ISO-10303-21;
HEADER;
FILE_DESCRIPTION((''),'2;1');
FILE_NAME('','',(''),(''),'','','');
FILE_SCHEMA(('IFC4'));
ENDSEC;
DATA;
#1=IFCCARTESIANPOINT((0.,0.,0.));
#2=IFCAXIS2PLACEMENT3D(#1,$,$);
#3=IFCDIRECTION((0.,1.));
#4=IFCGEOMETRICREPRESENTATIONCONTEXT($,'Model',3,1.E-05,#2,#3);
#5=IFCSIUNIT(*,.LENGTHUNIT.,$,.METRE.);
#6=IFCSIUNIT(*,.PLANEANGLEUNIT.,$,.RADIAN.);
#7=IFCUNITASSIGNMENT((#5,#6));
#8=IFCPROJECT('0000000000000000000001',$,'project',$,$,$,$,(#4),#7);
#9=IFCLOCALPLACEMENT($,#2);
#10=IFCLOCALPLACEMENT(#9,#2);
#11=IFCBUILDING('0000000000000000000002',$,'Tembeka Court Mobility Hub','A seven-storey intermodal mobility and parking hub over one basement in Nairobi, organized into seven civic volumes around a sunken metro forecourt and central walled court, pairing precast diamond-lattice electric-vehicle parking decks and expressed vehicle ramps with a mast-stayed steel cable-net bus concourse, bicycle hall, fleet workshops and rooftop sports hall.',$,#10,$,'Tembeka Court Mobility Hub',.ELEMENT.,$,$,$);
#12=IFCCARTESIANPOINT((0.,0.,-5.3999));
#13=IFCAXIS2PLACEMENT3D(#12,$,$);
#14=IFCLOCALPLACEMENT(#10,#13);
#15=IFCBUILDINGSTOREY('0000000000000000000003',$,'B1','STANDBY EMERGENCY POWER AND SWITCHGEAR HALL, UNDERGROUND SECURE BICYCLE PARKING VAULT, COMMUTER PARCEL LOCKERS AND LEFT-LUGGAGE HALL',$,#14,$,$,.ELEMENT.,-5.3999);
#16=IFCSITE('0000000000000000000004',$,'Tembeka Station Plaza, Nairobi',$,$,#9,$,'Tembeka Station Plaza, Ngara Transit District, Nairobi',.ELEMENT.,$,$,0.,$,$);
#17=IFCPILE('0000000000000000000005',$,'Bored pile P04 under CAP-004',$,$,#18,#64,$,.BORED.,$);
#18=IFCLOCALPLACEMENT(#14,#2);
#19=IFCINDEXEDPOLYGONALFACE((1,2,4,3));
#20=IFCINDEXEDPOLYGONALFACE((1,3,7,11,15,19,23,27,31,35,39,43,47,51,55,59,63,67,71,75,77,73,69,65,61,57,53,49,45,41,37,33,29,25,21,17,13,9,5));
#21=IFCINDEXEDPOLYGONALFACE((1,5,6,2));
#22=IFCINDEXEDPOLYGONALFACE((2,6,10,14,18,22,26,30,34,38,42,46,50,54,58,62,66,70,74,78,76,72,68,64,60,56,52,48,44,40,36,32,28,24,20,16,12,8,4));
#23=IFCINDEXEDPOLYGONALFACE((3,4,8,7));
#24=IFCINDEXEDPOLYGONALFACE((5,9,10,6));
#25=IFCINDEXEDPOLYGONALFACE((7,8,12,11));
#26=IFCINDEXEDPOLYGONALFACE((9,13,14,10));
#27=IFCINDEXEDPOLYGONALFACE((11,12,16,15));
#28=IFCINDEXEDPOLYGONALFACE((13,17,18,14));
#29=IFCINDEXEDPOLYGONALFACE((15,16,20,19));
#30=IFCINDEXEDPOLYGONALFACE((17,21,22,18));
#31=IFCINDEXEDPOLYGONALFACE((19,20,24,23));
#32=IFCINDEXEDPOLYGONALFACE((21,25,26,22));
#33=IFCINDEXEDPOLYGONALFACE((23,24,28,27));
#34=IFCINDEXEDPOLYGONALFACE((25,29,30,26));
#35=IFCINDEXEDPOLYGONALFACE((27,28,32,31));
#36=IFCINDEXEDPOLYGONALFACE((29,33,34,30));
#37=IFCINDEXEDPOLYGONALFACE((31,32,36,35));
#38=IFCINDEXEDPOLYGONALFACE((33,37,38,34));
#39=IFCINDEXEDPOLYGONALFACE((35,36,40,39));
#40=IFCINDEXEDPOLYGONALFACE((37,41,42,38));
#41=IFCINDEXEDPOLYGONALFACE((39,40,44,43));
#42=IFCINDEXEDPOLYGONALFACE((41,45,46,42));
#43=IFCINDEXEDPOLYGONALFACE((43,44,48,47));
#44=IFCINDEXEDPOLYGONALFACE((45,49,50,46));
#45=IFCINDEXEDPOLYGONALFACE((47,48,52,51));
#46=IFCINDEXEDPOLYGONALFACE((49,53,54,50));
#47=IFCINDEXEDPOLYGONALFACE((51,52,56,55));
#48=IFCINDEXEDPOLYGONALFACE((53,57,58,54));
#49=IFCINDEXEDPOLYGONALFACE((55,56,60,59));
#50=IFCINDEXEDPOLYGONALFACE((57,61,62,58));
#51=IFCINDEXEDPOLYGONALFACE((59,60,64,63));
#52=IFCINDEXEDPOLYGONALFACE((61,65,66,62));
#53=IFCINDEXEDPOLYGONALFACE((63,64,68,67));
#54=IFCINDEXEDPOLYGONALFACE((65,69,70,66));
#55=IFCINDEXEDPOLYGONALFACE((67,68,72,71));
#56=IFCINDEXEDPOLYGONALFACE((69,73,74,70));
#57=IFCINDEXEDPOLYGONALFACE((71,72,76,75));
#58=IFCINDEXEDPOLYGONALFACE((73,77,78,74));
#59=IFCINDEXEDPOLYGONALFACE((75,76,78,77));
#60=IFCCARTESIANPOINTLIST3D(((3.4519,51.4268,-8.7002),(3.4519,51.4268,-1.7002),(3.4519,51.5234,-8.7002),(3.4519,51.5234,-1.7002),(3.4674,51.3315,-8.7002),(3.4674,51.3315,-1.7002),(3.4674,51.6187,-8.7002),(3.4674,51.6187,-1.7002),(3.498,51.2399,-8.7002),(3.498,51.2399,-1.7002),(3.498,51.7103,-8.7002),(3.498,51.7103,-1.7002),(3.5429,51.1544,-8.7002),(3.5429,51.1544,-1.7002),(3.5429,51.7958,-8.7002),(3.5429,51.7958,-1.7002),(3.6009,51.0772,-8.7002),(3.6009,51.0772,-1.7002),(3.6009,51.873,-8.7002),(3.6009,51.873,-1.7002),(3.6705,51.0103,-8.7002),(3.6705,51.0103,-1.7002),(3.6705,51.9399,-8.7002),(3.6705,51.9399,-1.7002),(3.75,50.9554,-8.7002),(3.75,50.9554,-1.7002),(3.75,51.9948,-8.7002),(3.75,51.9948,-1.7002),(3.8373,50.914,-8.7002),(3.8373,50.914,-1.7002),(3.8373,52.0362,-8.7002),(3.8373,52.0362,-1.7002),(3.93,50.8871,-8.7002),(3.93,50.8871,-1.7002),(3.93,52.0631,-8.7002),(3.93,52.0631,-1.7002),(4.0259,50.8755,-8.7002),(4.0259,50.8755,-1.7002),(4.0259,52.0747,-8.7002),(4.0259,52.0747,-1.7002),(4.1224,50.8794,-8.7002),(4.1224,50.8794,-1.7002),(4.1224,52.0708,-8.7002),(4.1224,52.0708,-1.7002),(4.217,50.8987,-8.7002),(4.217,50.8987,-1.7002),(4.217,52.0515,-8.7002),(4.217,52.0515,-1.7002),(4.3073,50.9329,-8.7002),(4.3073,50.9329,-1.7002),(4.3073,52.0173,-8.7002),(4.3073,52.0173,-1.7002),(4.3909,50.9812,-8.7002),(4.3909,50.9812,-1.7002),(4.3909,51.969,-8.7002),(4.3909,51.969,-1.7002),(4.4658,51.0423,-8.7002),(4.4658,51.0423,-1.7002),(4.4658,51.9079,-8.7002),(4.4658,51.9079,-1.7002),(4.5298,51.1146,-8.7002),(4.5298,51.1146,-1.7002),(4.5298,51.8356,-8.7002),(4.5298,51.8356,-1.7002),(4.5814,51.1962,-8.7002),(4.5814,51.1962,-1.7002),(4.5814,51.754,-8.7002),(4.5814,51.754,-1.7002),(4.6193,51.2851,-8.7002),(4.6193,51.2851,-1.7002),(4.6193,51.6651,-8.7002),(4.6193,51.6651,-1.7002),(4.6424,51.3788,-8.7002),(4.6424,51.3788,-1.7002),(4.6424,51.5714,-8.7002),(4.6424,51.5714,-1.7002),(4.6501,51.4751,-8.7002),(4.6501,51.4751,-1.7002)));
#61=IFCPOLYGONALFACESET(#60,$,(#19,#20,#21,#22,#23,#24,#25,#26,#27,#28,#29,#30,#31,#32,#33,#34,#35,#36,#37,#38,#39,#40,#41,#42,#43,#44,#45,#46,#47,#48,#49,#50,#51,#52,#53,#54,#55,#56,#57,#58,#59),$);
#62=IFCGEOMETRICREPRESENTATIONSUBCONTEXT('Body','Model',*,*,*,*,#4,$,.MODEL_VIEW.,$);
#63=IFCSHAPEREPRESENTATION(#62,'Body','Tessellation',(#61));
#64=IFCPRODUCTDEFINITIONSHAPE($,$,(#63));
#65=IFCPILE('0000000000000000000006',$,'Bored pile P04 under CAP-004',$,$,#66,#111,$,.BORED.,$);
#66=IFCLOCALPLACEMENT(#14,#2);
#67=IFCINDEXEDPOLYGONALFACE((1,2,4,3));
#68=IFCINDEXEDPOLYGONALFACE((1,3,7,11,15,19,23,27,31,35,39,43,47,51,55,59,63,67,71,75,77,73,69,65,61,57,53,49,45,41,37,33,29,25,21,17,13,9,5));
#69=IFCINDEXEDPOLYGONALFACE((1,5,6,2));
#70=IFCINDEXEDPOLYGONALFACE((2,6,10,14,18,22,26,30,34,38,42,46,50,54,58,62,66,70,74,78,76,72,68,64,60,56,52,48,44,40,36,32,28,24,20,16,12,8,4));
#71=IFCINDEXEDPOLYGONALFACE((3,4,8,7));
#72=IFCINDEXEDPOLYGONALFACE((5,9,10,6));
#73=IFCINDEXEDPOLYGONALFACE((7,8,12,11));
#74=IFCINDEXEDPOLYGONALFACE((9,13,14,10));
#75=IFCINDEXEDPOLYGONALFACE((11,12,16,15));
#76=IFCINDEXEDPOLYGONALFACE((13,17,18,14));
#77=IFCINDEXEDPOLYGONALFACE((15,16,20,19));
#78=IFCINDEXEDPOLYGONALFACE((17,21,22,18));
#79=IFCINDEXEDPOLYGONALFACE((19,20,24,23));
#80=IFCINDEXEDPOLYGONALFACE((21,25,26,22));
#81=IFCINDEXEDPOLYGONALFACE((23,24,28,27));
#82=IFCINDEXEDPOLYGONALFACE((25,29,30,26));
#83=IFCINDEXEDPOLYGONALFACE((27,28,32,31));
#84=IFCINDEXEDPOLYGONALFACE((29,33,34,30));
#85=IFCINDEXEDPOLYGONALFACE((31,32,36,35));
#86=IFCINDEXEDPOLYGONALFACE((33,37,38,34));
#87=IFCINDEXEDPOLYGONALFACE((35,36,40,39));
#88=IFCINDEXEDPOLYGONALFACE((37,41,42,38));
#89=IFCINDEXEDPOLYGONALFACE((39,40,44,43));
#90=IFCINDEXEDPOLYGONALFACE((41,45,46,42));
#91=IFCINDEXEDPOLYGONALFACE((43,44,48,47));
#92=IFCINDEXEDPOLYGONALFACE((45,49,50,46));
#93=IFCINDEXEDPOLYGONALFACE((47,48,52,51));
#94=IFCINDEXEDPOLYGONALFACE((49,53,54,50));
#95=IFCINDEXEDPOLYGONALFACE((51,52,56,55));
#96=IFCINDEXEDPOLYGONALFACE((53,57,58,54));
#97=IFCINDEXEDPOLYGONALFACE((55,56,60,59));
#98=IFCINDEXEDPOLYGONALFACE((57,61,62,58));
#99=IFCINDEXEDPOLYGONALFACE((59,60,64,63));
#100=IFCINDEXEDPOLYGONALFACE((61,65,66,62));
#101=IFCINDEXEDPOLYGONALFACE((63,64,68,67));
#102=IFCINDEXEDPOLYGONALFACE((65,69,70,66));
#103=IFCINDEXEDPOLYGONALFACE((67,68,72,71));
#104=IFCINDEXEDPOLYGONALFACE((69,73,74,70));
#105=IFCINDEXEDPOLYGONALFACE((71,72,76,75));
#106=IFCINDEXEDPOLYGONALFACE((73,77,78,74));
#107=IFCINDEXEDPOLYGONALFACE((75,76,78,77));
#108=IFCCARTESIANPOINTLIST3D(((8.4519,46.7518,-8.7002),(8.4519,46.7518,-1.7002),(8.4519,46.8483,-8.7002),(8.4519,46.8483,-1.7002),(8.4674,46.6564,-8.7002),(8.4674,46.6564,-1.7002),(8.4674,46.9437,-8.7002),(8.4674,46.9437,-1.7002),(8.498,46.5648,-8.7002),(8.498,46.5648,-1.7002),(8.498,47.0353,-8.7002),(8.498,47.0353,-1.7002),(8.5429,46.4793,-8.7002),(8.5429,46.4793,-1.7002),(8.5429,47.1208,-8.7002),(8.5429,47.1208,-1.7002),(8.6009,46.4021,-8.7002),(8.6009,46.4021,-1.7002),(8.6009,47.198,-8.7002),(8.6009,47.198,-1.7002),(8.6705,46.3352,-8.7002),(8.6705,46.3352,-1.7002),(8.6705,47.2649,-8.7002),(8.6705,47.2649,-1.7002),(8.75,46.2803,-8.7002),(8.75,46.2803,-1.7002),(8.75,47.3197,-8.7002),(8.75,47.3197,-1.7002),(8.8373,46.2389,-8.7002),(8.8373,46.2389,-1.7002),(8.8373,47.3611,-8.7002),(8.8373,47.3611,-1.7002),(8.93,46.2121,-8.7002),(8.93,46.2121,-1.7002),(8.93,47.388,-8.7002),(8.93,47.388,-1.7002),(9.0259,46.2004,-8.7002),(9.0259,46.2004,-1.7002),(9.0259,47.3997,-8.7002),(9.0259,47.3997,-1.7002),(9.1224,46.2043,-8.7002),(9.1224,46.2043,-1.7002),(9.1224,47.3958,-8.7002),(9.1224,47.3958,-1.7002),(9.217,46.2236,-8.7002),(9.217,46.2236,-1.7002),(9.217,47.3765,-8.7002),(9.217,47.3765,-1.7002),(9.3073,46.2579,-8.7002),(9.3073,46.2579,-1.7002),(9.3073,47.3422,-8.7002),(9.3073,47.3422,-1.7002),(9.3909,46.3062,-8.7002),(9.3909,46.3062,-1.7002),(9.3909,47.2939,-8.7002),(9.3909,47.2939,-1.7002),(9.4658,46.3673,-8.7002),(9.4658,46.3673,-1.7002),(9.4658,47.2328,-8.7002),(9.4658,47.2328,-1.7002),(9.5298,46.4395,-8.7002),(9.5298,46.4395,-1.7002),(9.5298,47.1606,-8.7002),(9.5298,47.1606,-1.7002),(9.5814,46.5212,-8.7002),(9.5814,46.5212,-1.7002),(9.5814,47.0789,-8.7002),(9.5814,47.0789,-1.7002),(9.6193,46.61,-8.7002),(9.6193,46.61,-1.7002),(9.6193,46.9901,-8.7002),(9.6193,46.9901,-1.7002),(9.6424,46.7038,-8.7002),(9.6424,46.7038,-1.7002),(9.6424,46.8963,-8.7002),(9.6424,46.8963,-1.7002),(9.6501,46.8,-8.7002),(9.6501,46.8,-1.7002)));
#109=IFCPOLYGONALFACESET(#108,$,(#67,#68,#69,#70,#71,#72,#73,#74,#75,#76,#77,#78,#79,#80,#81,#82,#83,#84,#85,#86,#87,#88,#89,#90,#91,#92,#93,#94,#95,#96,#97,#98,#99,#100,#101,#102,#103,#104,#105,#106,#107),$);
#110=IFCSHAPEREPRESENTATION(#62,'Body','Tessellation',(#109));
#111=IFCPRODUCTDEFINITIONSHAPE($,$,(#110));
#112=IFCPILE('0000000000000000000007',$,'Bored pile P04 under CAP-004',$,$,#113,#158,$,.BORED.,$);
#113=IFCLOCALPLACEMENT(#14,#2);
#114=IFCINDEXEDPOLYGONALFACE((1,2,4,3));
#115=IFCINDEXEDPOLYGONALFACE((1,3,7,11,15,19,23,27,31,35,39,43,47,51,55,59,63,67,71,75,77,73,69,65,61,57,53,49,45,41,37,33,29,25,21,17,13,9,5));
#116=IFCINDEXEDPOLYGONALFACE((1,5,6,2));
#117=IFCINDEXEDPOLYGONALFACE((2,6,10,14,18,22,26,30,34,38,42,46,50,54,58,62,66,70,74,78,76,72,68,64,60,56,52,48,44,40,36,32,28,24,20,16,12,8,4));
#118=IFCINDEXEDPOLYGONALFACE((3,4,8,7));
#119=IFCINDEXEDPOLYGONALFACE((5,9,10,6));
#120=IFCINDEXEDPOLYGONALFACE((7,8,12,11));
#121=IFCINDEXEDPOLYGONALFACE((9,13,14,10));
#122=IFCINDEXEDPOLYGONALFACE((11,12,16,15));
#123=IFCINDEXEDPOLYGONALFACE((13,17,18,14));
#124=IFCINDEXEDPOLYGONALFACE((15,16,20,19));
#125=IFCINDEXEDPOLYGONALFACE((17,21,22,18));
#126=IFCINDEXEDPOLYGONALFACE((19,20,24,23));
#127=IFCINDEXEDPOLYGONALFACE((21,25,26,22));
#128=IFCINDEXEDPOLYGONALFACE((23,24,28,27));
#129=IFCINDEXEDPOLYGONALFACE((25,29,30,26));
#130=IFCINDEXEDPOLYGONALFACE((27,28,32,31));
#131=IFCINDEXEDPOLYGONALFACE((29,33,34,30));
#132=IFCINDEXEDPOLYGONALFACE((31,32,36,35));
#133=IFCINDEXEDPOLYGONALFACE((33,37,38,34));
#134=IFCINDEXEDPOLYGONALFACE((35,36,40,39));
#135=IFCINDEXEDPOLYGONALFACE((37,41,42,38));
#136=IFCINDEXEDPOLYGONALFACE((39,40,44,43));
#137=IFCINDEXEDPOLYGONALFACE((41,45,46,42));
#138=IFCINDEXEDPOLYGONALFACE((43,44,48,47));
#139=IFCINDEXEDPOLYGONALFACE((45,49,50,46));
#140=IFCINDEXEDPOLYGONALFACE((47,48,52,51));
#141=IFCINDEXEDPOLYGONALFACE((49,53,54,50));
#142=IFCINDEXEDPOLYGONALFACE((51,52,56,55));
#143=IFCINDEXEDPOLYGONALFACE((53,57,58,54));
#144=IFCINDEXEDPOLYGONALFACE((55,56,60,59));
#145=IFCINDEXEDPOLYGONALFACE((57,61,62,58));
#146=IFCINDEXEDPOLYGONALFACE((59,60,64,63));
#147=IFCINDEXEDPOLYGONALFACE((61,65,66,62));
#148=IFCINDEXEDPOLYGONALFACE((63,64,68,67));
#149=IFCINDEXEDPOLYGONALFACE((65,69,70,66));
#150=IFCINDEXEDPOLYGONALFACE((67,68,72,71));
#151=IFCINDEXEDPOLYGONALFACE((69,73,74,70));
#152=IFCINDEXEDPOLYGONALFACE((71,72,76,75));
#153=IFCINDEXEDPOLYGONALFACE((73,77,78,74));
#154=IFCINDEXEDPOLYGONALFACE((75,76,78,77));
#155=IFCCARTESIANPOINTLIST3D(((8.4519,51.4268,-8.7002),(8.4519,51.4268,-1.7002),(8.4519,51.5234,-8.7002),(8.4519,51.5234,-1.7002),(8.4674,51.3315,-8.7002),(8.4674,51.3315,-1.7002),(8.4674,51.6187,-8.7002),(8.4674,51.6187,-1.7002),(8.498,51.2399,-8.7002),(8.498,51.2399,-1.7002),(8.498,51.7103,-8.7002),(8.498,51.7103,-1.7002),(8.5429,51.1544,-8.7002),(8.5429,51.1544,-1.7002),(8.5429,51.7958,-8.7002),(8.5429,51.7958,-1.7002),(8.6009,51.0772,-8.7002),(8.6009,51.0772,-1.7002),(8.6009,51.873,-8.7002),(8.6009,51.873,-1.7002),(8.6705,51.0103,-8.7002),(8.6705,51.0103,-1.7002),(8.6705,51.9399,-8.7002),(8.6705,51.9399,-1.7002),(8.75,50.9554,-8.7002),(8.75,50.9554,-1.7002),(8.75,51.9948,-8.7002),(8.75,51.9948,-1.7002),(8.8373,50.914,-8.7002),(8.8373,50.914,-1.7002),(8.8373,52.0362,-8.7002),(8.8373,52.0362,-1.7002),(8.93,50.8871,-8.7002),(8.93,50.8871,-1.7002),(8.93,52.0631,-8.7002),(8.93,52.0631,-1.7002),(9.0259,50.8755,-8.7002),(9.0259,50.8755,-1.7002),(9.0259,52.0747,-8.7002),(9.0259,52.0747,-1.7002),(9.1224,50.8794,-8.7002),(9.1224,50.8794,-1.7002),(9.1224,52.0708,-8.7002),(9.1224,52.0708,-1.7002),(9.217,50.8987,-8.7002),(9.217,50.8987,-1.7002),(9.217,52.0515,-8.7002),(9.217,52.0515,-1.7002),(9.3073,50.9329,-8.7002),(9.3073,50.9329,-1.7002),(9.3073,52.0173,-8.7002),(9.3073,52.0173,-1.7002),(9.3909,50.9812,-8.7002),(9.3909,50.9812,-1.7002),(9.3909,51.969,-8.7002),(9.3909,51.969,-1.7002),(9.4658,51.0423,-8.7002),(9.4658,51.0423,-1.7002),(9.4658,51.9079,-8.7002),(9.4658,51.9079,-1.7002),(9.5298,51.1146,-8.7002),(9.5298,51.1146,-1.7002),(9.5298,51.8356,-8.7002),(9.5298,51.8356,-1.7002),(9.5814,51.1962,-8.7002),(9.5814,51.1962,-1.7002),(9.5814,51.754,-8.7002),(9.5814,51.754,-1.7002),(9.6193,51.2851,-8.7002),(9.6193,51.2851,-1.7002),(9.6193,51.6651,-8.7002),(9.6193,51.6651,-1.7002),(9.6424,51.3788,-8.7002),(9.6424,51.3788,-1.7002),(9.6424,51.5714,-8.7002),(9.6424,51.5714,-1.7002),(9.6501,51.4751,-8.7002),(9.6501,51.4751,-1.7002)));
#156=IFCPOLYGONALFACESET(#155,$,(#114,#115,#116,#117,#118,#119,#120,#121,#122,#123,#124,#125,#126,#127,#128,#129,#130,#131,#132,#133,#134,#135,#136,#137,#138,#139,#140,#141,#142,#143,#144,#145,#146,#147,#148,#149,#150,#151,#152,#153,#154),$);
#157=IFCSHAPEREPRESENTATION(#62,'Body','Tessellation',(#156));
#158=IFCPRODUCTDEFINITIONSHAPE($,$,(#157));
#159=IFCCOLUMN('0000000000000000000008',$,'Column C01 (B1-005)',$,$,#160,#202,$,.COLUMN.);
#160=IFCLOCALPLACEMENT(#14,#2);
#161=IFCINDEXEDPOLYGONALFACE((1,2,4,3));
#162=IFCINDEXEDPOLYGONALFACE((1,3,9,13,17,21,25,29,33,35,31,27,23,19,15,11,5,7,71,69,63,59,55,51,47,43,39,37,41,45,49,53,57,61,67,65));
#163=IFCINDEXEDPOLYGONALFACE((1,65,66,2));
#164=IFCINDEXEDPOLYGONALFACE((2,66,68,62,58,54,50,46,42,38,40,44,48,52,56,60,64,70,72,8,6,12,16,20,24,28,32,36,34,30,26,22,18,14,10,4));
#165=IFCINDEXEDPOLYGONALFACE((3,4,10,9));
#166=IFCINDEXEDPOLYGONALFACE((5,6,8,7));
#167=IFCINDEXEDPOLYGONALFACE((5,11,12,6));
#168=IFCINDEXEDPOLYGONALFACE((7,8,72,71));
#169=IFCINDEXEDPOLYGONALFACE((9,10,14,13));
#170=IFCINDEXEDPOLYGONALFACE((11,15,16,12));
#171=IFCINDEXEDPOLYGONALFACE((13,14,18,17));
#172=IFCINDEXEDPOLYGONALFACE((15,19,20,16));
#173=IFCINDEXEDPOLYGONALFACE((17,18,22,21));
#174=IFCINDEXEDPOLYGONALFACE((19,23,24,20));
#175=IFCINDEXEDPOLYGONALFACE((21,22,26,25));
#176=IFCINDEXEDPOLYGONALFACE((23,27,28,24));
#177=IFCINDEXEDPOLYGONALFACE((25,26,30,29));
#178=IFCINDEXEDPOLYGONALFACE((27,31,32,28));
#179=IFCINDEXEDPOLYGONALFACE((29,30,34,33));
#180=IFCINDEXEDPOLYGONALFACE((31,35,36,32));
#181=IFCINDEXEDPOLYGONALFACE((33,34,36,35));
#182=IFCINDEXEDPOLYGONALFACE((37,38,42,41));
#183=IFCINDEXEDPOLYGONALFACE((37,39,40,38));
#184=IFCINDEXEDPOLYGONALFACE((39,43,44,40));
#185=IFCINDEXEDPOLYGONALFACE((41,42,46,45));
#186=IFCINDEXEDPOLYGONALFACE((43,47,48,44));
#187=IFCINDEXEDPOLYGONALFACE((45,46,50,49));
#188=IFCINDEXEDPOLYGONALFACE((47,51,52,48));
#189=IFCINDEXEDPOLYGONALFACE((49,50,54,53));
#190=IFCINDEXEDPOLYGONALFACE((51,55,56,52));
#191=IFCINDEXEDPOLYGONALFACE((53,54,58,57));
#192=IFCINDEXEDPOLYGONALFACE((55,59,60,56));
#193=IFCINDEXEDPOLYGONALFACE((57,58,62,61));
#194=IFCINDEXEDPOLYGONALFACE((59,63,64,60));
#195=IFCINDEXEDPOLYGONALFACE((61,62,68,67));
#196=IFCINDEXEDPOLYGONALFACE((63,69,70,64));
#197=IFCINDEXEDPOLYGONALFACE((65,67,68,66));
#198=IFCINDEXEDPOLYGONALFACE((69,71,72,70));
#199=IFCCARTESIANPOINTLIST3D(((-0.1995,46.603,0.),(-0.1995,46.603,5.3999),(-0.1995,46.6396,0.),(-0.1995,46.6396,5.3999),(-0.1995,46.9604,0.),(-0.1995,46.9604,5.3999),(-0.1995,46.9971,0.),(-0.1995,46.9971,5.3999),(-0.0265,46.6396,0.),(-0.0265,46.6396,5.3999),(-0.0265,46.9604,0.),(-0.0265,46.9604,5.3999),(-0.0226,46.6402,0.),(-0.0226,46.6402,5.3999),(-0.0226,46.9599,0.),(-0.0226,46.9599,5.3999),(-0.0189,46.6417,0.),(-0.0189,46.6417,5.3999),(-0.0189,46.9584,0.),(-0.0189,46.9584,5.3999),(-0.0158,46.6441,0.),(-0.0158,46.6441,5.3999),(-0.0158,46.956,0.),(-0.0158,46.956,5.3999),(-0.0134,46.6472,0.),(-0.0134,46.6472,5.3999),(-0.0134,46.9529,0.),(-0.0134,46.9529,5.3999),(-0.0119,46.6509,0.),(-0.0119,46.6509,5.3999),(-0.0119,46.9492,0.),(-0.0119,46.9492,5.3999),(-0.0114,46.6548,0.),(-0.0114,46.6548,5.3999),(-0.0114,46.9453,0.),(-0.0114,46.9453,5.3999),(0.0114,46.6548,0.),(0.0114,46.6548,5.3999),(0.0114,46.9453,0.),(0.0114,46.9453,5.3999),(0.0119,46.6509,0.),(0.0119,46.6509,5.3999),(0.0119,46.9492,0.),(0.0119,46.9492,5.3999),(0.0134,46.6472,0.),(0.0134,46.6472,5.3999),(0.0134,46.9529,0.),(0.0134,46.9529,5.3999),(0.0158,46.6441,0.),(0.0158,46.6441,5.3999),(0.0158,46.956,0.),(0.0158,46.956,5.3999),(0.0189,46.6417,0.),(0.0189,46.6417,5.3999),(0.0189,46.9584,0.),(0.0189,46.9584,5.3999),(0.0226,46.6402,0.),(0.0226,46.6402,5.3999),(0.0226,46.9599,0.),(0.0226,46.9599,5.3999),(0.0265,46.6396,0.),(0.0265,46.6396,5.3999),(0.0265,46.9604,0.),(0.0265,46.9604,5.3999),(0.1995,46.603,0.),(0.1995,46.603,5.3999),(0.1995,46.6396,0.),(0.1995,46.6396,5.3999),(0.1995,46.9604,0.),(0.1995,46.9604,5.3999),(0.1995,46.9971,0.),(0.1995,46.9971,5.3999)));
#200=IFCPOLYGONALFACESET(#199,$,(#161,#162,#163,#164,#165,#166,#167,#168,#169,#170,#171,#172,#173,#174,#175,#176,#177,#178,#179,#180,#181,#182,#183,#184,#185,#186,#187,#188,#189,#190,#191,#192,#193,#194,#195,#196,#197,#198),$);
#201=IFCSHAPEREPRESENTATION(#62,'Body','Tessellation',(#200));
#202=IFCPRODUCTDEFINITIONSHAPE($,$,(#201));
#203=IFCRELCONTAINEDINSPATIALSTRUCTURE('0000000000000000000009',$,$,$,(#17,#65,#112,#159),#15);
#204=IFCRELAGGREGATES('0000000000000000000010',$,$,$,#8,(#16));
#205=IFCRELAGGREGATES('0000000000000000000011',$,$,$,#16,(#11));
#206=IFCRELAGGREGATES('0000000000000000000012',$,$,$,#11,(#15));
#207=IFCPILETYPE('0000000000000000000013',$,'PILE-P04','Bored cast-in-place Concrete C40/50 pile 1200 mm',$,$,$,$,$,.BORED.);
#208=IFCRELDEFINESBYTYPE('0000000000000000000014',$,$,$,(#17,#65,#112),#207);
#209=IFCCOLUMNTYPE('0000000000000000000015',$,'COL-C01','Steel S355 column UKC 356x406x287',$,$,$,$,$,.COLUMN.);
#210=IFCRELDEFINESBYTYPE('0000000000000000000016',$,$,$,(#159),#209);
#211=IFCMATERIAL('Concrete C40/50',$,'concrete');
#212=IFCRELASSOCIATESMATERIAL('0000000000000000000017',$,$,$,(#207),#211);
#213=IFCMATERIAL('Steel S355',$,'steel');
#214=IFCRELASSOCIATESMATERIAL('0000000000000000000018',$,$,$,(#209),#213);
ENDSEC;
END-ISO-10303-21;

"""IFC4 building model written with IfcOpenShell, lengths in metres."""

from ifc_helpers import new_model, si_unit, direction, frame, origin, origin_2d, place, context, subcontext, project, spatial, circle, i_section, extrude, material, material_profile, profile_set, type_object, element, save


model = new_model("IFC4")

# Units and contexts
model_context = context("Model", 3, precision=1e-05, world=origin(), true_north=direction((0.0, 1.0)))
body_context = subcontext(model_context, "Body", "Model", "MODEL_VIEW")
ifc_project = project(units=[si_unit("LENGTHUNIT", "METRE"), si_unit("PLANEANGLEUNIT", "RADIAN")], contexts=[model_context])

# Site, building, storey
site_placement = place(None, origin())
site = spatial("IfcSite", under=ifc_project, at=site_placement, Name="Tembeka Station Plaza, Nairobi", LongName="Tembeka Station Plaza, Ngara Transit District, Nairobi", CompositionType="ELEMENT", RefElevation=0.0)
building_placement = place(site_placement, origin())
building = spatial("IfcBuilding", under=site, at=building_placement, Name="Tembeka Court Mobility Hub", Description="A seven-storey intermodal mobility and parking hub over one basement in Nairobi, organized into seven civic volumes around a sunken metro forecourt and central walled court, pairing precast diamond-lattice electric-vehicle parking decks and expressed vehicle ramps with a mast-stayed steel cable-net bus concourse, bicycle hall, fleet workshops and rooftop sports hall.", LongName="Tembeka Court Mobility Hub", CompositionType="ELEMENT")
storey_placement = place(building_placement, frame((0.0, 0.0, -5.3999)))
storey = spatial("IfcBuildingStorey", under=building, at=storey_placement, Name="B1", Description="STANDBY EMERGENCY POWER AND SWITCHGEAR HALL, UNDERGROUND SECURE BICYCLE PARKING VAULT, COMMUTER PARCEL LOCKERS AND LEFT-LUGGAGE HALL", CompositionType="ELEMENT", Elevation=-5.3999)

# Shared definitions
ifc_material_1 = material(Name="Concrete C40/50", Category="concrete")

# Piles
ifc_material_profile_1 = material_profile(ifc_material_1, circle(Radius=0.6001, at=origin_2d()), Name="PILE D1200")
ifc_profile_set_1 = profile_set([ifc_material_profile_1], Name="Concrete C40/50")
pile_type = type_object("IfcPileType", Name="PILE-P04", Description="Bored cast-in-place Concrete C40/50 pile 1200 mm", PredefinedType="BORED", material=ifc_profile_set_1)
for number, where, z_axis, x_axis, name in (
    (1, (4.05, 51.4751, -1.7002), (0.0, 0.0, -1.0), (1.0, 0.0, 0.0), "Bored pile P04 under CAP-004"),
    (2, (9.05, 46.8, -1.7002), (0.0, 0.0, -1.0), (1.0, 0.0, 0.0), "Bored pile P04 under CAP-004"),
    (3, (9.05, 51.4751, -1.7002), (0.0, 0.0, -1.0), (1.0, 0.0, 0.0), "Bored pile P04 under CAP-004"),
):
    element("IfcPile", number, at=place(storey_placement, frame(where, z_axis=z_axis, x_axis=x_axis)), inside=storey, type_object=pile_type, Name=name, PredefinedType="BORED", context=body_context, shape_type="SweptSolid", body=[
        extrude(circle(Radius=0.6001, at=origin_2d()), origin(), (0.0, 0.0, 1.0), 7.0),
    ])

# Column
ifc_material_2 = material(Name="Steel S355", Category="steel")
ifc_material_profile_2 = material_profile(ifc_material_2, i_section(OverallWidth=0.3989, OverallDepth=0.394, WebThickness=0.0227, FlangeThickness=0.0366, FilletRadius=0.0151, at=origin_2d()), Name="UKC 356x406x287")
ifc_profile_set_2 = profile_set([ifc_material_profile_2], Name="Steel S355")
column_type = type_object("IfcColumnType", Name="COL-C01", Description="Steel S355 column UKC 356x406x287", PredefinedType="COLUMN", material=ifc_profile_set_2)
for number, where, z_axis, x_axis, name in (
    (4, (0.0, 46.8, 0.0), (0.0, 0.0, 1.0), (1.0, 0.0, 0.0), "Column C01 (B1-005)"),
):
    element("IfcColumn", number, at=place(storey_placement, frame(where, z_axis=z_axis, x_axis=x_axis)), inside=storey, type_object=column_type, Name=name, PredefinedType="COLUMN", context=body_context, shape_type="SweptSolid", body=[
        extrude(i_section(OverallWidth=0.3989, OverallDepth=0.394, WebThickness=0.0227, FlangeThickness=0.0366, FilletRadius=0.0151, at=origin_2d()), origin(), (0.0, 0.0, 1.0), 5.3999),
    ])

save(model, "model.ifc")
